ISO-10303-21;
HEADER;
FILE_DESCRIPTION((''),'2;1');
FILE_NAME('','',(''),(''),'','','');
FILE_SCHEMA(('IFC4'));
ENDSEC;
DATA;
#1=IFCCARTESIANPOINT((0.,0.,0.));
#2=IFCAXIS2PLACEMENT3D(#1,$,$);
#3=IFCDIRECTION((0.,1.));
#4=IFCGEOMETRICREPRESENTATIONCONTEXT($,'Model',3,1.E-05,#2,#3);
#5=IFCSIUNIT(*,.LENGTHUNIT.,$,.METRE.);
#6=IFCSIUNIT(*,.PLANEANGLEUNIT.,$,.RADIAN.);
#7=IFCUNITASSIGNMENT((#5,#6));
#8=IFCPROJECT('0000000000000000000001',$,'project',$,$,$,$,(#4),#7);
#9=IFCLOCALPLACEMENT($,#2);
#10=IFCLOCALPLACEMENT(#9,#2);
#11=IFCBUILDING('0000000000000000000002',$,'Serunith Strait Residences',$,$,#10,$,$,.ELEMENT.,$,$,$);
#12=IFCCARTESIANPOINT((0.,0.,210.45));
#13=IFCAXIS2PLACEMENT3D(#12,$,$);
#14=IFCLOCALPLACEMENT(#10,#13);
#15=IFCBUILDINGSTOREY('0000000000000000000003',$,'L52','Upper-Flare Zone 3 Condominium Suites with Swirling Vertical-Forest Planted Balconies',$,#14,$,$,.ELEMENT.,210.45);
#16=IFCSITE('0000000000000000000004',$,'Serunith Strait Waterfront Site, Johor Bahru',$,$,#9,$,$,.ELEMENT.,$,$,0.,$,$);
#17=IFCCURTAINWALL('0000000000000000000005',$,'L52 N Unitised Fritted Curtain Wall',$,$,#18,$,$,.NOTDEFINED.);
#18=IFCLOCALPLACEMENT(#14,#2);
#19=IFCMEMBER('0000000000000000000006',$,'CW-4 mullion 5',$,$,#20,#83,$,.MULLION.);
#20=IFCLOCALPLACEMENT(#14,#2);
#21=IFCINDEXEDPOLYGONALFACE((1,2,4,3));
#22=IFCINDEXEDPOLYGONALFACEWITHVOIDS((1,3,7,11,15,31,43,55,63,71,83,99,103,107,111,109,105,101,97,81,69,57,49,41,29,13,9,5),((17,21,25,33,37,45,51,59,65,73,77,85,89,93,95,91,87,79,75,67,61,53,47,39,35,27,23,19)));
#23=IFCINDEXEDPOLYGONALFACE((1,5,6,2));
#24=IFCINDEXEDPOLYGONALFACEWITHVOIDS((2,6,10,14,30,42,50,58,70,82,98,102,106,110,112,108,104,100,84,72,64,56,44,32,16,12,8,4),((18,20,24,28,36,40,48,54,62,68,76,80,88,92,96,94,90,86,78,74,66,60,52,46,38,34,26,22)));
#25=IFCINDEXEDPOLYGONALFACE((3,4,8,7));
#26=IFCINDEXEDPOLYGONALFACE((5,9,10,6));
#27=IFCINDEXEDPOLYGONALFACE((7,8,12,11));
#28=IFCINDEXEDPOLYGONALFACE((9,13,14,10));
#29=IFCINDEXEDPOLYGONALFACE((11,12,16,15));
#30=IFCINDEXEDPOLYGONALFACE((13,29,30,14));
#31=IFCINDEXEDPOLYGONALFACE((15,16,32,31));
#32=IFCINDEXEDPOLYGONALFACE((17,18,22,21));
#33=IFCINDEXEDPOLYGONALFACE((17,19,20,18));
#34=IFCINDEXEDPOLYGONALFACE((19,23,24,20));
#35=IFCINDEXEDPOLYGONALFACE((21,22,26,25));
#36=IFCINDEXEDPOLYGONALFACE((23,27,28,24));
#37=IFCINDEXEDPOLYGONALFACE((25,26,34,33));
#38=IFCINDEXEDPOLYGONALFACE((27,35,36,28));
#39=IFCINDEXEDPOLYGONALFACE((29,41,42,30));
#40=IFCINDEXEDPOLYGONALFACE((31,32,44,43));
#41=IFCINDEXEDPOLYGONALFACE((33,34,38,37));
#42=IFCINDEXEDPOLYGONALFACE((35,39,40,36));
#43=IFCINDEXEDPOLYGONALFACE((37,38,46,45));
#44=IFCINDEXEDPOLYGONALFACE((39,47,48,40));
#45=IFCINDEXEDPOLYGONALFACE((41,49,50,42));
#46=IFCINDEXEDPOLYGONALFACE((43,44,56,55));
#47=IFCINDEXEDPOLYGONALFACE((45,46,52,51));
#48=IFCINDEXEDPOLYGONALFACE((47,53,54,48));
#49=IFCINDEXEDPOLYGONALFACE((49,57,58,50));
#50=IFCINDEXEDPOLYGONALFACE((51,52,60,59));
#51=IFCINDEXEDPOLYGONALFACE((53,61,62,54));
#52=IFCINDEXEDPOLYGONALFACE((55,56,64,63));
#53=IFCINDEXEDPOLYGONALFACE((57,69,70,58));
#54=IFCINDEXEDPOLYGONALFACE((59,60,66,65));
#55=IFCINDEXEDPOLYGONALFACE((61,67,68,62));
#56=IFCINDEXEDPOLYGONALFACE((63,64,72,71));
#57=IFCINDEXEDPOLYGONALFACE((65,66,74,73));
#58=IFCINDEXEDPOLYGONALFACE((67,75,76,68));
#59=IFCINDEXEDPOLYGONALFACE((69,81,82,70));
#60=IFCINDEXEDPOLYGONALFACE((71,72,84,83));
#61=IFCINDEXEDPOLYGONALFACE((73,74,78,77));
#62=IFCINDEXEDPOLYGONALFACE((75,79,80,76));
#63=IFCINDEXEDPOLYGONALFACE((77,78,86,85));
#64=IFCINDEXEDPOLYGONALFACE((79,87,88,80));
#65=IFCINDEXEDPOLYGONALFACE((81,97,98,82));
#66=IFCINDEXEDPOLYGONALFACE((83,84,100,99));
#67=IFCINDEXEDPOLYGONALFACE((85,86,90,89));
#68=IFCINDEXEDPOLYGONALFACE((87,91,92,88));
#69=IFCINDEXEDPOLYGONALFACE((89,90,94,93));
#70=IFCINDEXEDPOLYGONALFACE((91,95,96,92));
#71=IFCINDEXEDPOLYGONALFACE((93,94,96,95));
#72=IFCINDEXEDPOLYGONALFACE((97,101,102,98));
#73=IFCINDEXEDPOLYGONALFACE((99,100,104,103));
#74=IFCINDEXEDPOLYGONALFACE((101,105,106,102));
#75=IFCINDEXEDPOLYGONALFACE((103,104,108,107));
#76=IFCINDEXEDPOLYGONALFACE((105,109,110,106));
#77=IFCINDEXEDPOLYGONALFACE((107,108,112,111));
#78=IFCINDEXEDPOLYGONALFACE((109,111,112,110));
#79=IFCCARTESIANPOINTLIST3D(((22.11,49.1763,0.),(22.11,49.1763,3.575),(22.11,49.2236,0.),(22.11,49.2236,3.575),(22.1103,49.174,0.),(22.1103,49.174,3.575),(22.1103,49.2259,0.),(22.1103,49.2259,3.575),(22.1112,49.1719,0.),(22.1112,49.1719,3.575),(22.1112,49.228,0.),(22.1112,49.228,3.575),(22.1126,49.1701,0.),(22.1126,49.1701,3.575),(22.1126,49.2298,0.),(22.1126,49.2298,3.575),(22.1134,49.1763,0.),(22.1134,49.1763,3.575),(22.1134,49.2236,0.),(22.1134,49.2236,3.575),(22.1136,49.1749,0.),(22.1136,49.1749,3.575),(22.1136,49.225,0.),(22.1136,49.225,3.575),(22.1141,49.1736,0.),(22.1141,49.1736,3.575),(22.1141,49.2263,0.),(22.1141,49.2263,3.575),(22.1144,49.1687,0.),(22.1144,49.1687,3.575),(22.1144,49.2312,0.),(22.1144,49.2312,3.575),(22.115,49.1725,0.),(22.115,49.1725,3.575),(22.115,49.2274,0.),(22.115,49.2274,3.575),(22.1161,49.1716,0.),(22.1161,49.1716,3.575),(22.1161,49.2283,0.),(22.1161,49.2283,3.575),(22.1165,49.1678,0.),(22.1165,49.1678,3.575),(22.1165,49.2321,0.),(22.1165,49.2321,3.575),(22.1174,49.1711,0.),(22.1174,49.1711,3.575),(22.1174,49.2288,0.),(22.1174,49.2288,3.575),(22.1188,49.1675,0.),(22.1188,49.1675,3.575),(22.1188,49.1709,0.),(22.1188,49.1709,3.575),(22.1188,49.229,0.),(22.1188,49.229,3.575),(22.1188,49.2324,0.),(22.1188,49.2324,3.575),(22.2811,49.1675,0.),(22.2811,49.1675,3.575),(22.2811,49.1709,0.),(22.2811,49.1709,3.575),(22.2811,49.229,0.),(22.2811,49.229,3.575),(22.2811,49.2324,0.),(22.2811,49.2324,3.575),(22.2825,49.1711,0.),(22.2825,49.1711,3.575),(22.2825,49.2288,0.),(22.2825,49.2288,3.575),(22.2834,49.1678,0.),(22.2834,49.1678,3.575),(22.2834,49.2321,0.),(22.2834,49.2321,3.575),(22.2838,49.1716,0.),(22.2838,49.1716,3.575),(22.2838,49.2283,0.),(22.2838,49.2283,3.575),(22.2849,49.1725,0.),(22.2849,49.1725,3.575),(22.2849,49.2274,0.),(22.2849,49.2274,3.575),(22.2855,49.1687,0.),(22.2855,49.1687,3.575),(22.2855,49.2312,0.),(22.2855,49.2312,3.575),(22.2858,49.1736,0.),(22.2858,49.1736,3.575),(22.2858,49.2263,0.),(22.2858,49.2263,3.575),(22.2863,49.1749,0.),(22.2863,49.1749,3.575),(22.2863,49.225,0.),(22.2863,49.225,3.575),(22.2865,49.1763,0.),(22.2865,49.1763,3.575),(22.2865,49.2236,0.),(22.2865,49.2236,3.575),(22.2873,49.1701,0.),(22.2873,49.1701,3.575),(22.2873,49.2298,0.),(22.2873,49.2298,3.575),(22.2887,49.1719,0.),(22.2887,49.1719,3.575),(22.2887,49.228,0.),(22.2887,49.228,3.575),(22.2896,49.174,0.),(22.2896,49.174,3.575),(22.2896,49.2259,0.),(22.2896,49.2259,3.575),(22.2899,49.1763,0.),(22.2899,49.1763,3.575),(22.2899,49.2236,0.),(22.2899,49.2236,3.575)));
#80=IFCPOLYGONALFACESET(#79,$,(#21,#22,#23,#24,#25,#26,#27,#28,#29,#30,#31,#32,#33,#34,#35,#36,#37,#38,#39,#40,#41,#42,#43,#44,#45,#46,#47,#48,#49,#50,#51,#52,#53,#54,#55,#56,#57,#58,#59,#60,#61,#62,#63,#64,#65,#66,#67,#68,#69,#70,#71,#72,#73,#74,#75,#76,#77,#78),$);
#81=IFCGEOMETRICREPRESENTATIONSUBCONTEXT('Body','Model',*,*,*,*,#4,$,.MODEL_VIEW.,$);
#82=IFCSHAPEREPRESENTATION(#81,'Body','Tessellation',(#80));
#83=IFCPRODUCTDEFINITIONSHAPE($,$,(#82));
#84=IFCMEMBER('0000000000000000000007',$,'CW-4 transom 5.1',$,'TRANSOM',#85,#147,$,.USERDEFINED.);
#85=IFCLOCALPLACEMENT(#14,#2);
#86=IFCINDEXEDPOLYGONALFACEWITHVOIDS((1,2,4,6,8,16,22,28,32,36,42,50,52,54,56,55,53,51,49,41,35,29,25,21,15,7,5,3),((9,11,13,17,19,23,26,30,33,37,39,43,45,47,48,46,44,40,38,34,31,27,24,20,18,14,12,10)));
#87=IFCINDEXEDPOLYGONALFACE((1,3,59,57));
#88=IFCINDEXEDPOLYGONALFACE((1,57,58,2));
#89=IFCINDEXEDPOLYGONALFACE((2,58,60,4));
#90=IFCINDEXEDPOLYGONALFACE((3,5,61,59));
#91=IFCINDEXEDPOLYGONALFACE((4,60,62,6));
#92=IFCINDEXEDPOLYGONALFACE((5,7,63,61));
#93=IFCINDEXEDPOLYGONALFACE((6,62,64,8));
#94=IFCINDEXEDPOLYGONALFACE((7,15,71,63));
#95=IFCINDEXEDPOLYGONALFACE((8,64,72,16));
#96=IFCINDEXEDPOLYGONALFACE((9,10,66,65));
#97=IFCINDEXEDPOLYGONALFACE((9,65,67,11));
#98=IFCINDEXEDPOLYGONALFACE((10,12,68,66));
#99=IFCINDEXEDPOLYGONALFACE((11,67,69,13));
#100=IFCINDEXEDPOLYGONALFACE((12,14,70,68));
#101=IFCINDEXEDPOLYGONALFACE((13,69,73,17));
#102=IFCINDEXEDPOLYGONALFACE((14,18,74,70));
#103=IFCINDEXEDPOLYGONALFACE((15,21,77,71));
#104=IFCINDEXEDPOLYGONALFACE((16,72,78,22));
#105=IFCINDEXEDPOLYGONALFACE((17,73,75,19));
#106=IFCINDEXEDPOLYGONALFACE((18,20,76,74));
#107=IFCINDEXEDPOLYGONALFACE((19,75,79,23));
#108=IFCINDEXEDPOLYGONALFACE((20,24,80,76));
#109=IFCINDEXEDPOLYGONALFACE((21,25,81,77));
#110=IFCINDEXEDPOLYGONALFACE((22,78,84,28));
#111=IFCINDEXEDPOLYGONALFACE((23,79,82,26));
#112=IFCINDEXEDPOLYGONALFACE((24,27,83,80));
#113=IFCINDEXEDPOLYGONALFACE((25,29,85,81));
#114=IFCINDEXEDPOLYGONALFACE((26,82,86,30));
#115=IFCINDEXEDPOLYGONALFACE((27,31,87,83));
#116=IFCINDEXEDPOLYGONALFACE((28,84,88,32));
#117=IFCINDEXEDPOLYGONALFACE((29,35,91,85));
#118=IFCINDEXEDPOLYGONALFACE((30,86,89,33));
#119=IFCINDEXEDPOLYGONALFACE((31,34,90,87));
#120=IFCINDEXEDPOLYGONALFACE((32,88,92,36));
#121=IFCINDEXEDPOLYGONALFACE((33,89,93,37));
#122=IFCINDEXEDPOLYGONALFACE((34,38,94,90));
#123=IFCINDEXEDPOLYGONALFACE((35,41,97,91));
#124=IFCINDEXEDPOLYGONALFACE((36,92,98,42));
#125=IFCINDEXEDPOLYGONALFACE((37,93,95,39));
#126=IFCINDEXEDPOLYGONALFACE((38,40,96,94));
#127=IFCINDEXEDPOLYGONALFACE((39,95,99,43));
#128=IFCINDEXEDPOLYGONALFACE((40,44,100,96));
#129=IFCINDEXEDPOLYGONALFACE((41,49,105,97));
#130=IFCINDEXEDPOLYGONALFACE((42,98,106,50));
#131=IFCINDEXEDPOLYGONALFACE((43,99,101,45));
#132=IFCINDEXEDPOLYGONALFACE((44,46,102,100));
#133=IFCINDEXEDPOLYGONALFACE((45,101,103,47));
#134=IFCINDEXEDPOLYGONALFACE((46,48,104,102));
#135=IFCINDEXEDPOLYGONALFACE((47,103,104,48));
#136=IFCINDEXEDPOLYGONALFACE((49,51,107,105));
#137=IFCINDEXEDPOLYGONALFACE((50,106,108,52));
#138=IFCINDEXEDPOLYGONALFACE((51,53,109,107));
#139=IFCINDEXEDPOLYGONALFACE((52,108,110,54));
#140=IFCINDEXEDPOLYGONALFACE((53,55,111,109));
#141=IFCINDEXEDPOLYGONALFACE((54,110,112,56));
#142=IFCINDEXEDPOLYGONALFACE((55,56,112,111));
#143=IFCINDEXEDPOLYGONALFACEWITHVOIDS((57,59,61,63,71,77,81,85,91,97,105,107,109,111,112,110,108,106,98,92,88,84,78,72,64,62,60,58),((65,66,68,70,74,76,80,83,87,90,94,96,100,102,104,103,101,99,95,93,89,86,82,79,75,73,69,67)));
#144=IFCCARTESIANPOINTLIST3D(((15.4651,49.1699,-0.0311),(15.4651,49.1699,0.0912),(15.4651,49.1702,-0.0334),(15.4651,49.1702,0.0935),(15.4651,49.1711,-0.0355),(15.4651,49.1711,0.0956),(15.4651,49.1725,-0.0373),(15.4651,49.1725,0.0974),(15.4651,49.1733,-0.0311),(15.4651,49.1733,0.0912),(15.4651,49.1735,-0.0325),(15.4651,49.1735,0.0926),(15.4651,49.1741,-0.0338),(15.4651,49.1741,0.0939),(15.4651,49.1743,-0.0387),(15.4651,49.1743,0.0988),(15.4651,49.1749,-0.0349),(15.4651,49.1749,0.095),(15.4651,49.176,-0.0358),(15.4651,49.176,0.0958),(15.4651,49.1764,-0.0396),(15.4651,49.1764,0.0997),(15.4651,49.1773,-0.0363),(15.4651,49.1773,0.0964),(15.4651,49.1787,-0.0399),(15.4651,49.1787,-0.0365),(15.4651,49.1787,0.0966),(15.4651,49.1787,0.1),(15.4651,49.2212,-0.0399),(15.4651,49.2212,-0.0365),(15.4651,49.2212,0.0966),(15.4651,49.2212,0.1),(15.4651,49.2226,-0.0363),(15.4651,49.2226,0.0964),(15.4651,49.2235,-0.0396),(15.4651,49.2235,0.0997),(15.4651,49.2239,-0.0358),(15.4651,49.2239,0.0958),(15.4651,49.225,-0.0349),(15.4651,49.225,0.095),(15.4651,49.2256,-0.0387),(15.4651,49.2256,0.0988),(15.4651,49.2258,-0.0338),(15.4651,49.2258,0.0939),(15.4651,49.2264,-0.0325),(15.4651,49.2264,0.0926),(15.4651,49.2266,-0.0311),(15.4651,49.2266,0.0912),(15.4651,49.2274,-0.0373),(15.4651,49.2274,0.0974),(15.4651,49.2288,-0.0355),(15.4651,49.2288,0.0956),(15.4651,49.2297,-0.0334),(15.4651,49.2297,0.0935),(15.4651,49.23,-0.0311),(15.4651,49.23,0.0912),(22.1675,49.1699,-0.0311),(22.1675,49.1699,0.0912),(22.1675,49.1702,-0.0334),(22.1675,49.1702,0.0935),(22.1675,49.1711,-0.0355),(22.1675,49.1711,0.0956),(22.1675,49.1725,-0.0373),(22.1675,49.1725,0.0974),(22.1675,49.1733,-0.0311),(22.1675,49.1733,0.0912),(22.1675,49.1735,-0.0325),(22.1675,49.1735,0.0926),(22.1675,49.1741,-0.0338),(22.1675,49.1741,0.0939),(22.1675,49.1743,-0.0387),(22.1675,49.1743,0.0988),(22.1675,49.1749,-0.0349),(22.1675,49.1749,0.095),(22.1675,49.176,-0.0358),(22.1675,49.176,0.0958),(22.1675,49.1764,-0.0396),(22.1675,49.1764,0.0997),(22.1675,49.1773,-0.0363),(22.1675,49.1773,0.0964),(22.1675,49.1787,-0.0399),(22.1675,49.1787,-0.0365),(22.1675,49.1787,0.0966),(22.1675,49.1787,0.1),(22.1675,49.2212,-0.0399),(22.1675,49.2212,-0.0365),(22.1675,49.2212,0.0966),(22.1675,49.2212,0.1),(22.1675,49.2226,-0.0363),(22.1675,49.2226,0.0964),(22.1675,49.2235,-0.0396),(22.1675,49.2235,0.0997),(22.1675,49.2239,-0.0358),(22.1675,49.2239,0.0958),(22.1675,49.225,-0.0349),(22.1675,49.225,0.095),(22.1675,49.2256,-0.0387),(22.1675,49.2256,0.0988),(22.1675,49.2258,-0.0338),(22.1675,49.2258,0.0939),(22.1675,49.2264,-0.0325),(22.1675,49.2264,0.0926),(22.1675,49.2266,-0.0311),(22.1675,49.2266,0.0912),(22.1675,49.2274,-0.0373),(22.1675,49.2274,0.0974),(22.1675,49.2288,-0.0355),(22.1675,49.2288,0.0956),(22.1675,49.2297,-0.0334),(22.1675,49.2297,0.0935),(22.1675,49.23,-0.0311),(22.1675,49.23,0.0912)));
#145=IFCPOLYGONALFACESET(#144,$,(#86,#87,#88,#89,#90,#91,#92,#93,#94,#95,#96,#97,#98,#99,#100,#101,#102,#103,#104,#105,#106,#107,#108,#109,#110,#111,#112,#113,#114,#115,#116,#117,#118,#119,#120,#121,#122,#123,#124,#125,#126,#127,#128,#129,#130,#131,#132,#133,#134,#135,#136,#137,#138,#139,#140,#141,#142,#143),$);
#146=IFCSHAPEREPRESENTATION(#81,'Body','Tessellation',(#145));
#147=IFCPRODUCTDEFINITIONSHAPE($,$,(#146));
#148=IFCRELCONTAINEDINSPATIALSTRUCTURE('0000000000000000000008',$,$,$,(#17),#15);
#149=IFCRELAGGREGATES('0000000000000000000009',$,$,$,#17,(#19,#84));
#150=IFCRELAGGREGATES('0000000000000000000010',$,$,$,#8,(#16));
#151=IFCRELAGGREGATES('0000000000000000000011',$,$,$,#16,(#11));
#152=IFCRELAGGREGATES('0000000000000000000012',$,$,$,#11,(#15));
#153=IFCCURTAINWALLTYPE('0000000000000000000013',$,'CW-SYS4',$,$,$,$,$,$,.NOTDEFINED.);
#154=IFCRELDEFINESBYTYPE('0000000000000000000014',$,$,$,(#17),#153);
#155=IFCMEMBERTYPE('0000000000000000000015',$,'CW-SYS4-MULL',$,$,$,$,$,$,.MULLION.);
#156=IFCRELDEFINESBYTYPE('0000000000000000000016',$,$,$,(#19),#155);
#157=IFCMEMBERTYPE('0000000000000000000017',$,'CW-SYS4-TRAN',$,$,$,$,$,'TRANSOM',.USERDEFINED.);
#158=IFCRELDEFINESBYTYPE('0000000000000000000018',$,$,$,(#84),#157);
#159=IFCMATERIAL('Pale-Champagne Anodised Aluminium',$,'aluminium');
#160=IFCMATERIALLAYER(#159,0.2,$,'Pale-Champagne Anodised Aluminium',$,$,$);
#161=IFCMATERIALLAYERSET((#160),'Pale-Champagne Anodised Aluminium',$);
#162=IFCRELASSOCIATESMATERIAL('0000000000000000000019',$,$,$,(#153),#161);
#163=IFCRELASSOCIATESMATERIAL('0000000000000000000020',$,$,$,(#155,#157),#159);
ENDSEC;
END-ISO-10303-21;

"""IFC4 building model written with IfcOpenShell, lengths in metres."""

from ifc_helpers import new_model, si_unit, direction, frame, origin, origin_2d, place, context, subcontext, project, spatial, hollow_rectangle, extrude, source, transform, mapped, material, layer, layer_set, material_profile, profile_set, type_object, element, aggregate, save


model = new_model("IFC4")

# Units and contexts
model_context = context("Model", 3, precision=1e-05, world=origin(), true_north=direction((0.0, 1.0)))
body_context = subcontext(model_context, "Body", "Model", "MODEL_VIEW")
ifc_project = project(units=[si_unit("LENGTHUNIT", "METRE"), si_unit("PLANEANGLEUNIT", "RADIAN")], contexts=[model_context])

# Site, building, storey
site_placement = place(None, origin())
site = spatial("IfcSite", under=ifc_project, at=site_placement, Name="Serunith Strait Waterfront Site, Johor Bahru", CompositionType="ELEMENT", RefElevation=0.0)
building_placement = place(site_placement, origin())
building = spatial("IfcBuilding", under=site, at=building_placement, Name="Serunith Strait Residences", CompositionType="ELEMENT")
storey_placement = place(building_placement, frame((0.0, 0.0, 210.45)))
storey = spatial("IfcBuildingStorey", under=building, at=storey_placement, Name="L52", Description="Upper-Flare Zone 3 Condominium Suites with Swirling Vertical-Forest Planted Balconies", CompositionType="ELEMENT", Elevation=210.45)

# Curtain wall, members
ifc_material_1 = material(Name="Pale-Champagne Anodised Aluminium", Category="aluminium")
ifc_layer_1 = layer(ifc_material_1, 0.2, Name="Pale-Champagne Anodised Aluminium")
ifc_layer_set_1 = layer_set([ifc_layer_1], Name="Pale-Champagne Anodised Aluminium")
curtain_wall_type = type_object("IfcCurtainWallType", Name="CW-SYS4", PredefinedType="NOTDEFINED", material=ifc_layer_set_1)
curtain_wall_placement = place(storey_placement, origin())
curtain_wall = element("IfcCurtainWall", 1, at=curtain_wall_placement, inside=storey, type_object=curtain_wall_type, Name="L52 N Unitised Fritted Curtain Wall", PredefinedType="NOTDEFINED")
ifc_material_profile_1 = material_profile(ifc_material_1, hollow_rectangle(XDim=0.0649, YDim=0.1799, WallThickness=0.0034, InnerFilletRadius=0.0054, OuterFilletRadius=0.0088, at=origin_2d()), Name="ALU 180x65x3.5")
ifc_profile_set_1 = profile_set([ifc_material_profile_1], Name="Pale-Champagne Anodised Aluminium")
member_type_1 = type_object("IfcMemberType", Name="CW-SYS4-MULL", PredefinedType="MULLION", material=ifc_profile_set_1)
shared_shape_1 = source(origin(), body_context, "Body", "SweptSolid", [
    extrude(hollow_rectangle(XDim=0.0649, YDim=0.1799, WallThickness=0.0034, InnerFilletRadius=0.0054, OuterFilletRadius=0.0088, at=origin_2d()), origin(), (0.0, 0.0, 1.0), 3.575),
])
member_1_placement = place(storey_placement, frame((22.2, 49.2, 0.0), z_axis=(0.0, 0.0, 1.0), x_axis=(0.0, -1.0, 0.0)))
member_1 = element("IfcMember", 2, at=member_1_placement, type_object=member_type_1, Name="CW-4 mullion 5", PredefinedType="MULLION", context=body_context, shape_type="MappedRepresentation", body=[
    mapped(shared_shape_1, transform((0.0, 0.0, 0.0), scale=1.0)),
])
ifc_material_profile_2 = material_profile(ifc_material_1, hollow_rectangle(XDim=0.0601, YDim=0.1399, WallThickness=0.0034, InnerFilletRadius=0.0054, OuterFilletRadius=0.0088, at=origin_2d()), Name="ALU 140x60x3.5")
ifc_profile_set_2 = profile_set([ifc_material_profile_2], Name="Pale-Champagne Anodised Aluminium")
member_type_2 = type_object("IfcMemberType", Name="CW-SYS4-TRAN", ElementType="TRANSOM", PredefinedType="USERDEFINED", material=ifc_profile_set_2)
shared_shape_2 = source(origin(), body_context, "Body", "SweptSolid", [
    extrude(hollow_rectangle(XDim=0.0601, YDim=0.1399, WallThickness=0.0034, InnerFilletRadius=0.0054, OuterFilletRadius=0.0088, at=origin_2d()), origin(), (0.0, 0.0, 1.0), 6.7024),
])
member_2_placement = place(storey_placement, frame((22.1675, 49.2, 0.03), z_axis=(-1.0, 0.0, 0.0), x_axis=(0.0, -1.0, 0.0)))
member_2 = element("IfcMember", 3, at=member_2_placement, type_object=member_type_2, Name="CW-4 transom 5.1", ObjectType="TRANSOM", PredefinedType="USERDEFINED", context=body_context, shape_type="MappedRepresentation", body=[
    mapped(shared_shape_2, transform((0.0, 0.0, 0.0), scale=1.0)),
])
aggregate(curtain_wall, [member_1, member_2])

save(model, "model.ifc")
